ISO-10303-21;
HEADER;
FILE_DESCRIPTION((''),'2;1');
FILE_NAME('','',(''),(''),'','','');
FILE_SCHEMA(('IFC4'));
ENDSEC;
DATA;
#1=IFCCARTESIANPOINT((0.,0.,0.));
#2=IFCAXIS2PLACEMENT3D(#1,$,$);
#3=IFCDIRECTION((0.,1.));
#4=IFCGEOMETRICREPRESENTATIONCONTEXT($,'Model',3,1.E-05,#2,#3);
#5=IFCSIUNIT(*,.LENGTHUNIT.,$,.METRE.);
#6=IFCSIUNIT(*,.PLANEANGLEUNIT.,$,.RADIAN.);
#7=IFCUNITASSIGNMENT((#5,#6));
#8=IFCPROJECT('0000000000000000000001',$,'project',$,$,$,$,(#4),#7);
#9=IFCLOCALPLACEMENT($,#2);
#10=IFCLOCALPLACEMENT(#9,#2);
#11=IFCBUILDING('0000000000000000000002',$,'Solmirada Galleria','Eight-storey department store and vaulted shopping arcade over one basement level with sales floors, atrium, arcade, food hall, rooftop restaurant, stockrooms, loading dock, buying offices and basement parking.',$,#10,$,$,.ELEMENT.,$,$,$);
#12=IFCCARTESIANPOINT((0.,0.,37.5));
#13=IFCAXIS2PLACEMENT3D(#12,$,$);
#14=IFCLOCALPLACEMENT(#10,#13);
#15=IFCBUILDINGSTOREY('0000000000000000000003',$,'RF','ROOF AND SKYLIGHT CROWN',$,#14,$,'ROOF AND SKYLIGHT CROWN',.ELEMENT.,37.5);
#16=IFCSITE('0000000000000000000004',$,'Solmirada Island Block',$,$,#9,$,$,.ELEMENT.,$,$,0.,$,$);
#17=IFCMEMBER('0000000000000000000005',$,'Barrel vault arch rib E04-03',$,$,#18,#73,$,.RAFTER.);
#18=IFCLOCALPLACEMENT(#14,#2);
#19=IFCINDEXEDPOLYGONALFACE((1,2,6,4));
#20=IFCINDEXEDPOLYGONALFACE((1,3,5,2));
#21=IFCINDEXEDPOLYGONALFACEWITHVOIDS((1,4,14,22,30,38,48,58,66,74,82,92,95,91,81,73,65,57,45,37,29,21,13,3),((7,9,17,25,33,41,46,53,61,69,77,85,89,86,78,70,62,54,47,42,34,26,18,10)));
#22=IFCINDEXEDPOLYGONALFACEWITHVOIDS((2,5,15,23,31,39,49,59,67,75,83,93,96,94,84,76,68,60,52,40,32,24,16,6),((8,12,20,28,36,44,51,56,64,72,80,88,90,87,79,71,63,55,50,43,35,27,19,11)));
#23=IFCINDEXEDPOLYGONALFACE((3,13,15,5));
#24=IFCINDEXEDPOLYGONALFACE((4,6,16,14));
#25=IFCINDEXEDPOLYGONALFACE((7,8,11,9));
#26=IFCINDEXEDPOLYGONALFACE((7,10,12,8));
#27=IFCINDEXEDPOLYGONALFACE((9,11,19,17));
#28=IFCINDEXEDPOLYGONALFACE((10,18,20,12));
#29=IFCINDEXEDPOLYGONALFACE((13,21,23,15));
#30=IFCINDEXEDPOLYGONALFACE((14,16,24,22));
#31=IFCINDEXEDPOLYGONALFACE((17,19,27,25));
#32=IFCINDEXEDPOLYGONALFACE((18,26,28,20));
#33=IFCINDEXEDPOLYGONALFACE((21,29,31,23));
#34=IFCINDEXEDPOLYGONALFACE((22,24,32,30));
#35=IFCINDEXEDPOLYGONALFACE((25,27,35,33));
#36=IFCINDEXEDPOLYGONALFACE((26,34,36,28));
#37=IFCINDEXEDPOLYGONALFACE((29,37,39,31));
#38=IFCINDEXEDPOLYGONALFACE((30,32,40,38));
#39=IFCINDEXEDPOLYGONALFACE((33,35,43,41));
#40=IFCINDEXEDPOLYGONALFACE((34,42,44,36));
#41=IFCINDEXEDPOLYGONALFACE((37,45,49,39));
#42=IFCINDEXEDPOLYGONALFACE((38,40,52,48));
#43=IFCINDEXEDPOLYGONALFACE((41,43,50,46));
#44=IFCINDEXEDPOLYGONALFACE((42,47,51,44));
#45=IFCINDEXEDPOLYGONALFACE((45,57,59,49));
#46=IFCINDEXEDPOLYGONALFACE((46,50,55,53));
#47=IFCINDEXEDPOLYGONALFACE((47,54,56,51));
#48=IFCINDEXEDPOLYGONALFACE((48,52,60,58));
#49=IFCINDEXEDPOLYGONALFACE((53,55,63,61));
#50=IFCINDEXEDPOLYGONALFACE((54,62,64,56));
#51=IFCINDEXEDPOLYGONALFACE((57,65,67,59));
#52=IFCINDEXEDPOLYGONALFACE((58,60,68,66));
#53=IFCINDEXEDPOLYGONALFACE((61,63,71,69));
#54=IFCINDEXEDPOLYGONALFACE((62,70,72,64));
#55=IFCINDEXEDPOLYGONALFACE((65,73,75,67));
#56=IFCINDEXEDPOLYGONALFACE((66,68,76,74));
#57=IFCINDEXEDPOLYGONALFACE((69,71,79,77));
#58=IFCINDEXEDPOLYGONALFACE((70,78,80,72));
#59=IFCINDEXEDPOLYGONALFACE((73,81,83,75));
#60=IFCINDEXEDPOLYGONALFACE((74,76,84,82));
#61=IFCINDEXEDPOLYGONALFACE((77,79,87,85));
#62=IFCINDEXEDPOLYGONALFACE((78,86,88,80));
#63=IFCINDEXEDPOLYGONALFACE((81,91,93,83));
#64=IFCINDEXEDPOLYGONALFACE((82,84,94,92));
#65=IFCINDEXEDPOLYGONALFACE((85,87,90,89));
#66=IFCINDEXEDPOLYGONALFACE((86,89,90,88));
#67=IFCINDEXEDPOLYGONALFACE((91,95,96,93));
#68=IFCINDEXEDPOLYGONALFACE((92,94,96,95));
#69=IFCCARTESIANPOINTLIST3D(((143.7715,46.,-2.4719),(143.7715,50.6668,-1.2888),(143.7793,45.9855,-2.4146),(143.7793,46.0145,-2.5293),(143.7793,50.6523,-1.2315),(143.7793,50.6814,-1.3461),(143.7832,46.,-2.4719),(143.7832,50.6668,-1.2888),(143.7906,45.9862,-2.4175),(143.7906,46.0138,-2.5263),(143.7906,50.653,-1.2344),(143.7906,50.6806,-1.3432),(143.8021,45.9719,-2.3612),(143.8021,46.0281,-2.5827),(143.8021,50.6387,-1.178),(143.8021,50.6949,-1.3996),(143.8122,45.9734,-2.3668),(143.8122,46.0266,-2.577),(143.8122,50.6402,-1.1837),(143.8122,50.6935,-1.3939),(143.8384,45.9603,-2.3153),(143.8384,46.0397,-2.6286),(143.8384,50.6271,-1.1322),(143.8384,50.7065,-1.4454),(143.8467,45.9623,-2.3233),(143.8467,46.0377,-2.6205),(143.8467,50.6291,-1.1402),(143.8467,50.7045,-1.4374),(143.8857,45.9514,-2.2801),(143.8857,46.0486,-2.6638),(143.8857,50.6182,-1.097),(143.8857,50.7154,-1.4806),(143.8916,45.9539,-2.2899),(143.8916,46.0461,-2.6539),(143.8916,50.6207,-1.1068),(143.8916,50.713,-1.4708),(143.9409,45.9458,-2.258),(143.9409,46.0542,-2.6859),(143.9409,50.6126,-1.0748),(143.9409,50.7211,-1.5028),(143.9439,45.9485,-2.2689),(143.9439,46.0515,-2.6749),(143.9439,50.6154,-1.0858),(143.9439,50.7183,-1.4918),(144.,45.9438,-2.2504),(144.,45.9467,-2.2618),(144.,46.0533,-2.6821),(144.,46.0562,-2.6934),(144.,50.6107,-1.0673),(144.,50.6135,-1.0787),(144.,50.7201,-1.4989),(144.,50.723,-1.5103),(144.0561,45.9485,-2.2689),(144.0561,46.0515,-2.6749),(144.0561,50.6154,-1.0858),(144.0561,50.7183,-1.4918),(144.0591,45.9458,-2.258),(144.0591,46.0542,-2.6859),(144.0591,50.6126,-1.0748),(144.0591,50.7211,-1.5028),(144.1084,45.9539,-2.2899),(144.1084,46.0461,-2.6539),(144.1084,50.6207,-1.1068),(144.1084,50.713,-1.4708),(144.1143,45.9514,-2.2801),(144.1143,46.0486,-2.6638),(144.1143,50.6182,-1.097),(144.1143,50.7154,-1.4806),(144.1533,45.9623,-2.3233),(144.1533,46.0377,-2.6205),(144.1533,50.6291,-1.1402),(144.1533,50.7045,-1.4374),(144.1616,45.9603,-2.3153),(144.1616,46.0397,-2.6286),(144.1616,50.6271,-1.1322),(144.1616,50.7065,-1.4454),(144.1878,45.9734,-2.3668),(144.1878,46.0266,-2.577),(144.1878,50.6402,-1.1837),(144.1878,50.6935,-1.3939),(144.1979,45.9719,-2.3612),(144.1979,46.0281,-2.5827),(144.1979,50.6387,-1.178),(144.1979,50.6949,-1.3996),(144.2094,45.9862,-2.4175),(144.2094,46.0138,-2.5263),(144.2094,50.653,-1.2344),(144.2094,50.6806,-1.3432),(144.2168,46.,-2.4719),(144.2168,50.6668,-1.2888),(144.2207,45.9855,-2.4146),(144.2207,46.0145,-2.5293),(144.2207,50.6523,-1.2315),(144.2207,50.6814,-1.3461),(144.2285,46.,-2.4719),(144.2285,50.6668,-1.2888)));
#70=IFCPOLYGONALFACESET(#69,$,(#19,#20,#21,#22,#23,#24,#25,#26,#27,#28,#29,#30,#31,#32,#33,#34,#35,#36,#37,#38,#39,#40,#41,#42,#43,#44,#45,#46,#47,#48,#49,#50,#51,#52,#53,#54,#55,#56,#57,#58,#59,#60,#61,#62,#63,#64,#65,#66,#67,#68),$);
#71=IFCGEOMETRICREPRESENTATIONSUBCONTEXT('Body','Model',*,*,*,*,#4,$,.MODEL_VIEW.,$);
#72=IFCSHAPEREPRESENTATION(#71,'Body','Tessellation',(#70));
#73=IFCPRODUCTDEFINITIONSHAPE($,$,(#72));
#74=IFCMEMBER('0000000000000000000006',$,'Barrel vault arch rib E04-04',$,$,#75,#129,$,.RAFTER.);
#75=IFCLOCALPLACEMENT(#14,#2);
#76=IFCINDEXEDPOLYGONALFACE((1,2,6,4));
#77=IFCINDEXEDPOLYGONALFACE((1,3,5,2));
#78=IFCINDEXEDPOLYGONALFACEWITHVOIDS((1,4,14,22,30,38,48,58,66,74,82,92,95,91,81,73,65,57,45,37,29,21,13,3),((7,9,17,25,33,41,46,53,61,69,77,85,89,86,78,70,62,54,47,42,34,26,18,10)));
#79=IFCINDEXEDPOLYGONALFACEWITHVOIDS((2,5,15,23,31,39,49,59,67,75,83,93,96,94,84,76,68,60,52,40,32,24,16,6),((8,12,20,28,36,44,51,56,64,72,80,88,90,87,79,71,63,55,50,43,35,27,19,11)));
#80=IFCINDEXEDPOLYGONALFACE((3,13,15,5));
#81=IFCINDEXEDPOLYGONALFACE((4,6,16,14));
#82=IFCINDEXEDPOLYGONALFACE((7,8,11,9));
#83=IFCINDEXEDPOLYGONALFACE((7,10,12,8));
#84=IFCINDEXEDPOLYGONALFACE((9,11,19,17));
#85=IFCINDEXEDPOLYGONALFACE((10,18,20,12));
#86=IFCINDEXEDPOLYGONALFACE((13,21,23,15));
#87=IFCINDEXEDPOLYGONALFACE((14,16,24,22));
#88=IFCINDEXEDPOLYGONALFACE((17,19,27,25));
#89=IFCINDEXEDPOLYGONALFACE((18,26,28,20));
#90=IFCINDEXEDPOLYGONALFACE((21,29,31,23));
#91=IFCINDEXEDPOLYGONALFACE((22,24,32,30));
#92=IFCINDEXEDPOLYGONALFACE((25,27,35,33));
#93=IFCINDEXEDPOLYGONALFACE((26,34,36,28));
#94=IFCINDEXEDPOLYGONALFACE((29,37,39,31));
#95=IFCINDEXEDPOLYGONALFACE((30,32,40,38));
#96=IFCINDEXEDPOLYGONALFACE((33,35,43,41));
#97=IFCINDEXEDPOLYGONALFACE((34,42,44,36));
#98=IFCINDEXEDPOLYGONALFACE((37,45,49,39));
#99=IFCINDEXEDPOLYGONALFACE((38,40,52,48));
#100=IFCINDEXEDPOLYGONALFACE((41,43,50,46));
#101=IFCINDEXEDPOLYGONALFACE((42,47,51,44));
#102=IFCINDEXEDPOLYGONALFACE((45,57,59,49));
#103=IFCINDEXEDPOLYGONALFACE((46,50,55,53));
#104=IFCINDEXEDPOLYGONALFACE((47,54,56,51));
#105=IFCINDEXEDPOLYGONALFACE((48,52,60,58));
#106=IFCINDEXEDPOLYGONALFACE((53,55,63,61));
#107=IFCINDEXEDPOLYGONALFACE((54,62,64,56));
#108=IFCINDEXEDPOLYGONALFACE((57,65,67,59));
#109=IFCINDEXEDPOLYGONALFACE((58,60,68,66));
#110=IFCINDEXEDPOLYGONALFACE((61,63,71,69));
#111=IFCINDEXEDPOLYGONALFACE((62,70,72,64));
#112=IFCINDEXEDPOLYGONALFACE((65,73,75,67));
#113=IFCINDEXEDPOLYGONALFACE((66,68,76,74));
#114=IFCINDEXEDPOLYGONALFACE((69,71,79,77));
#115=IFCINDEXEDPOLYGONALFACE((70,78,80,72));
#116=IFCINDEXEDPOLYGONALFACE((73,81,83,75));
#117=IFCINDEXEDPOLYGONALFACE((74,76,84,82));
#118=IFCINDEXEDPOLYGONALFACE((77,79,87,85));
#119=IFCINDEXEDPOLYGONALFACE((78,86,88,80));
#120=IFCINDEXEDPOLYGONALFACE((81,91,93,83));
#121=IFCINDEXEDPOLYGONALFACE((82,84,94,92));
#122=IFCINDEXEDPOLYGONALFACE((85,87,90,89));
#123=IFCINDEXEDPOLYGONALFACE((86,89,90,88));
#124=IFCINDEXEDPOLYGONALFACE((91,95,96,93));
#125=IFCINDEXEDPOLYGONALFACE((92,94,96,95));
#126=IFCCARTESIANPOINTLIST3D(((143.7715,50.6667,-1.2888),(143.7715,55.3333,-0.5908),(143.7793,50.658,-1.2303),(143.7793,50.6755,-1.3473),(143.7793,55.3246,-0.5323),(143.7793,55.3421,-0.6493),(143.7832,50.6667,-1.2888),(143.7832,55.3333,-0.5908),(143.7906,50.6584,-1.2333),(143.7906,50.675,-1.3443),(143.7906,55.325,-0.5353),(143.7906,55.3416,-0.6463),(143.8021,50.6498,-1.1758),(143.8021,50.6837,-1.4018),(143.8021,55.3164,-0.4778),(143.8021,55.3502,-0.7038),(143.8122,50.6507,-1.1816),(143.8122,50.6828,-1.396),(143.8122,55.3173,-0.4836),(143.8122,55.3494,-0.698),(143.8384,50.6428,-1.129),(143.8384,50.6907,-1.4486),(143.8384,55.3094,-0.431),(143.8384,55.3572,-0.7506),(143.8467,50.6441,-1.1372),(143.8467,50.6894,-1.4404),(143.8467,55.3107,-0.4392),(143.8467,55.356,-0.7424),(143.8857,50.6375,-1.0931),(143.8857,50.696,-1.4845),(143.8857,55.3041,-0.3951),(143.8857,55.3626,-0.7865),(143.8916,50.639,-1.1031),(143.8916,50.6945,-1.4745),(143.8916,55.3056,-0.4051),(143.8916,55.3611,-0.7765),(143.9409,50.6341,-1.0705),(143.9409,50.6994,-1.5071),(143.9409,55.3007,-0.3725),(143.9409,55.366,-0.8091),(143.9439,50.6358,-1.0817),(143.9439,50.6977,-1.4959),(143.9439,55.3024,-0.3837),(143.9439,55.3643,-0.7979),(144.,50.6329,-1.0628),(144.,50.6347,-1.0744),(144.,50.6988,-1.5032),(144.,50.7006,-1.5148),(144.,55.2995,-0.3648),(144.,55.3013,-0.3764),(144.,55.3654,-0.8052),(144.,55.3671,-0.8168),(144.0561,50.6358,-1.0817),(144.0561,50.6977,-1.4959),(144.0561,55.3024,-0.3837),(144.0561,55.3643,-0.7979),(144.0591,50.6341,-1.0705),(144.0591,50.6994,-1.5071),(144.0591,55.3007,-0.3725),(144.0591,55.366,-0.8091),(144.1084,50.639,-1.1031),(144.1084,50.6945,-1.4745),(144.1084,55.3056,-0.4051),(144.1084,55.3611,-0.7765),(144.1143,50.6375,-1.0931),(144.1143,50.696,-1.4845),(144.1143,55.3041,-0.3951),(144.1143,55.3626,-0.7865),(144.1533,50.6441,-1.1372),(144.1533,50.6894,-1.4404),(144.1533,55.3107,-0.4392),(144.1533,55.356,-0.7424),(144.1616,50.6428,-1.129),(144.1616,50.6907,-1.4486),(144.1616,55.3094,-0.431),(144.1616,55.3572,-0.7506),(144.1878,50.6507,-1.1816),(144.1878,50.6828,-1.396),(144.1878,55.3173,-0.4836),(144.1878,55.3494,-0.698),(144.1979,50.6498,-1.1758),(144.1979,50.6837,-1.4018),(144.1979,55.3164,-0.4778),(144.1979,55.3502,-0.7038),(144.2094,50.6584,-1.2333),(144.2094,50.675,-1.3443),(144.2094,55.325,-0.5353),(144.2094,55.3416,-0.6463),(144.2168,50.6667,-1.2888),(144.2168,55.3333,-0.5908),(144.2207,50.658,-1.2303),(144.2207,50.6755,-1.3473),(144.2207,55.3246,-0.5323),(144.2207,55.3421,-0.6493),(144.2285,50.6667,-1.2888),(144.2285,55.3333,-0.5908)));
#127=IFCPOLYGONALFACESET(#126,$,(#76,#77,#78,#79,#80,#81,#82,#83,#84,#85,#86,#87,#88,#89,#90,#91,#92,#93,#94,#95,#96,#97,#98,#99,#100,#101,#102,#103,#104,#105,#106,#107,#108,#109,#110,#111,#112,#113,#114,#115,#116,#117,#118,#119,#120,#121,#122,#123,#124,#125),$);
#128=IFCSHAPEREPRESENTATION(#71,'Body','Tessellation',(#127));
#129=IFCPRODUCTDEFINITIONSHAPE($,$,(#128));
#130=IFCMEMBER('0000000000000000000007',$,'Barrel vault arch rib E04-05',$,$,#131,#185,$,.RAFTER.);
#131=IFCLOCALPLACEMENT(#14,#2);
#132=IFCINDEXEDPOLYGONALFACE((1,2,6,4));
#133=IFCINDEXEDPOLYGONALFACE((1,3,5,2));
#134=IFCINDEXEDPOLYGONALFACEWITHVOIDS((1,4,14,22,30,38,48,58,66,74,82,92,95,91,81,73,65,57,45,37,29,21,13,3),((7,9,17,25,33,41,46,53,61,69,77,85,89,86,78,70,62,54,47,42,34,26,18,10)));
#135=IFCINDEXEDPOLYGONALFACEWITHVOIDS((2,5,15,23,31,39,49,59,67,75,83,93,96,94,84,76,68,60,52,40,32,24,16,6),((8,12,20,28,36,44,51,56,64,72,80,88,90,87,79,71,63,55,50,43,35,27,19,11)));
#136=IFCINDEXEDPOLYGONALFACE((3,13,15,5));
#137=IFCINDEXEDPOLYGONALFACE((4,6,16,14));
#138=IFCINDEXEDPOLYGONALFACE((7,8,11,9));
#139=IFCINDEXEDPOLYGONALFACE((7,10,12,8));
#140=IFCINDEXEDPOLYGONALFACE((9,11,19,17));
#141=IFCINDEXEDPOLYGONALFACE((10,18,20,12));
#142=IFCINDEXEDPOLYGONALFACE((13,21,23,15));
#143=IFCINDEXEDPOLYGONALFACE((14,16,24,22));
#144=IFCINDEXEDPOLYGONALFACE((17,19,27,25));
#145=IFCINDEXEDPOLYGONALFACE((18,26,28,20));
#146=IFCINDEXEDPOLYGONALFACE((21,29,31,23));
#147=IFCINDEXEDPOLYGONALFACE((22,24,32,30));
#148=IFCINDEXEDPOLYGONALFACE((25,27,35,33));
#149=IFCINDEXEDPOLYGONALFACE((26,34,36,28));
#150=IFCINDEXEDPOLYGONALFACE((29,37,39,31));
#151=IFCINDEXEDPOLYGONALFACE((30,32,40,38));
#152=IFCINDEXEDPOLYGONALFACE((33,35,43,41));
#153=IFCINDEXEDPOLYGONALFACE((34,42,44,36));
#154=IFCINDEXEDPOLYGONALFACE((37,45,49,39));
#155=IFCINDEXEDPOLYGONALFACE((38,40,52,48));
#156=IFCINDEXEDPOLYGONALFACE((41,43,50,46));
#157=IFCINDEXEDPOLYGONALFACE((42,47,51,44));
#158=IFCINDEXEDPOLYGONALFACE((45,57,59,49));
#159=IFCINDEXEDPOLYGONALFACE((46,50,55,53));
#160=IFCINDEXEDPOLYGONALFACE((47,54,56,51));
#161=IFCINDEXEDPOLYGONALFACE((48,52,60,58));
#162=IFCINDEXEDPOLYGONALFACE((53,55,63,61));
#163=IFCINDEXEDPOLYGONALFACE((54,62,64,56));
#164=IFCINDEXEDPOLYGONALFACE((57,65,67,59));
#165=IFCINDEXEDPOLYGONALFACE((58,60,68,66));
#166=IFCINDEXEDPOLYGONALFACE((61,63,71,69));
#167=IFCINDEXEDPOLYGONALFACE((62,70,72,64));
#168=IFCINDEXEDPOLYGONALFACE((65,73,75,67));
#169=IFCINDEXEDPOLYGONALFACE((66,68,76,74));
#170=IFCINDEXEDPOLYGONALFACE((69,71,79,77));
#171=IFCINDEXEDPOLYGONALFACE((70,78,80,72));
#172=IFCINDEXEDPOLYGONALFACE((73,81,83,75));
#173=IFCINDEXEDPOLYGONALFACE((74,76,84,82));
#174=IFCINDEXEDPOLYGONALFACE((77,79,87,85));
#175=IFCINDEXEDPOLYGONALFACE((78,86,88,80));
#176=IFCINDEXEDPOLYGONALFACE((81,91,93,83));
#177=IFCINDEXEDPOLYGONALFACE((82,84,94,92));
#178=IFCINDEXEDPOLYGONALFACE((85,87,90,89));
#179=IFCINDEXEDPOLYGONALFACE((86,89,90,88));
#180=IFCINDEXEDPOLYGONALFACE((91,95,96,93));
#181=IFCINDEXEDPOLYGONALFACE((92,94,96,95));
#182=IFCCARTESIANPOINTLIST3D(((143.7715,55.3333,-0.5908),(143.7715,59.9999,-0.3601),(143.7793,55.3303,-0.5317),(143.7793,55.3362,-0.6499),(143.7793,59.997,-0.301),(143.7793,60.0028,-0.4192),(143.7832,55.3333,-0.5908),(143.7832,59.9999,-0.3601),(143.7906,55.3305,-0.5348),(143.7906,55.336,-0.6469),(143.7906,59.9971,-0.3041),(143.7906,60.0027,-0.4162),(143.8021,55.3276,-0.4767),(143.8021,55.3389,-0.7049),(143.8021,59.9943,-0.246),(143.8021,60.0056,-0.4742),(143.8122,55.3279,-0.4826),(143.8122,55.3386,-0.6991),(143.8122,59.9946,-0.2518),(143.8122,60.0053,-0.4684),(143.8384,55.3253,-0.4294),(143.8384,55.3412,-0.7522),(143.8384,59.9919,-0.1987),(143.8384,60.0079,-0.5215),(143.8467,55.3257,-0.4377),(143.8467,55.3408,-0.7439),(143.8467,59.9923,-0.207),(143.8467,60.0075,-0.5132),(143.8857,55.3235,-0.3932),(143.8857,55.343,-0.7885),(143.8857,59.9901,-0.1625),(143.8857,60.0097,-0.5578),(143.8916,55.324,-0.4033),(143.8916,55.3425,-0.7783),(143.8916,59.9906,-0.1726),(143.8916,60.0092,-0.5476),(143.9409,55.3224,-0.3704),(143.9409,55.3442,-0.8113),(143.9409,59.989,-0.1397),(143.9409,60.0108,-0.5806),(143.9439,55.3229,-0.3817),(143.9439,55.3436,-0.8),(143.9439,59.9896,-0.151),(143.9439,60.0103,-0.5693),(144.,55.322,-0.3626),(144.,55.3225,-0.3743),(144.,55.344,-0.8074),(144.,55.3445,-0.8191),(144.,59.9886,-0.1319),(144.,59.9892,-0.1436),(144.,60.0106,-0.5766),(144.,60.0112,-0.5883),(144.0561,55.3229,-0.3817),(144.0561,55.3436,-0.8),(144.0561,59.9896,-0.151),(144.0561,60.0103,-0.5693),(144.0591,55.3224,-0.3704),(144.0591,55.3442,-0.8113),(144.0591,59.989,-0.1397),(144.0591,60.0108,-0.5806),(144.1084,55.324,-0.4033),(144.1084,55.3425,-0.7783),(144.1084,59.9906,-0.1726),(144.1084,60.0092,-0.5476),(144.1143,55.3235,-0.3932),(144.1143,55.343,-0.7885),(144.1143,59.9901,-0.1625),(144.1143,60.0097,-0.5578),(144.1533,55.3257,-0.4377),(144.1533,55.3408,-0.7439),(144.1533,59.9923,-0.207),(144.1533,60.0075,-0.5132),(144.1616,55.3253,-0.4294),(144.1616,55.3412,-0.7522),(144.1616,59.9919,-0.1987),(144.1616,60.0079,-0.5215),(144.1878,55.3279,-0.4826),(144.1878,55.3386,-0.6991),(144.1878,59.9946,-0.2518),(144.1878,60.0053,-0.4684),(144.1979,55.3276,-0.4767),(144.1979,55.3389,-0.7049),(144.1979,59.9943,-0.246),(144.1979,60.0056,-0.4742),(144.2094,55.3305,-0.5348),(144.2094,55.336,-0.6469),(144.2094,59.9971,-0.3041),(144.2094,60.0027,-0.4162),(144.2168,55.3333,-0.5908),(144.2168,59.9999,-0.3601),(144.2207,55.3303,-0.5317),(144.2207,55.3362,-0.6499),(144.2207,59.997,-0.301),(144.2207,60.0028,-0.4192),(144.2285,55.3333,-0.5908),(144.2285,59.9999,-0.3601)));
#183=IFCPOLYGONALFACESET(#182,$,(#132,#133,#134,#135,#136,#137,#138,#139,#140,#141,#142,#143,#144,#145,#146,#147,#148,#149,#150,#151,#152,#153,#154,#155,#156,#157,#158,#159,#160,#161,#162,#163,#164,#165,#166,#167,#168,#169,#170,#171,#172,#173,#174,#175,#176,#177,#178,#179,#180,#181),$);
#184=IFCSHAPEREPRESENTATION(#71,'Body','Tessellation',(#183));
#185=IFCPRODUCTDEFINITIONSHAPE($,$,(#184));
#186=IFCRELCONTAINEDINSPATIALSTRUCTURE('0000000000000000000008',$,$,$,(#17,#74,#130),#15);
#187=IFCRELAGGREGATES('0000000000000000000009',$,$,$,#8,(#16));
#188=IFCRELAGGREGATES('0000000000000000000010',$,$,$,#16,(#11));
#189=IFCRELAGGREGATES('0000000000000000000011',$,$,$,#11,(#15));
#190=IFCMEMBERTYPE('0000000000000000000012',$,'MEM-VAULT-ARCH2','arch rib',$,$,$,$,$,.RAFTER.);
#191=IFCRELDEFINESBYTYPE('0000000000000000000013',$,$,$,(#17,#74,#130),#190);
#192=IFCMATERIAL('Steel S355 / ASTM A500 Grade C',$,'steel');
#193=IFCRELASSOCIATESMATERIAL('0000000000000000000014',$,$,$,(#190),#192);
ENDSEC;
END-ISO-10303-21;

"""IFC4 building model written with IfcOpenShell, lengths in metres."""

from ifc_helpers import new_model, si_unit, direction, frame, origin, origin_2d, place, context, subcontext, project, spatial, hollow_circle, extrude, material, material_profile, profile_set, type_object, element, save


model = new_model("IFC4")

# Units and contexts
model_context = context("Model", 3, precision=1e-05, world=origin(), true_north=direction((0.0, 1.0)))
body_context = subcontext(model_context, "Body", "Model", "MODEL_VIEW")
ifc_project = project(units=[si_unit("LENGTHUNIT", "METRE"), si_unit("PLANEANGLEUNIT", "RADIAN")], contexts=[model_context])

# Site, building, storey
site_placement = place(None, origin())
site = spatial("IfcSite", under=ifc_project, at=site_placement, Name="Solmirada Island Block", CompositionType="ELEMENT", RefElevation=0.0)
building_placement = place(site_placement, origin())
building = spatial("IfcBuilding", under=site, at=building_placement, Name="Solmirada Galleria", Description="Eight-storey department store and vaulted shopping arcade over one basement level with sales floors, atrium, arcade, food hall, rooftop restaurant, stockrooms, loading dock, buying offices and basement parking.", CompositionType="ELEMENT")
storey_placement = place(building_placement, frame((0.0, 0.0, 37.5)))
storey = spatial("IfcBuildingStorey", under=building, at=storey_placement, Name="RF", Description="ROOF AND SKYLIGHT CROWN", LongName="ROOF AND SKYLIGHT CROWN", CompositionType="ELEMENT", Elevation=37.5)

# Members
ifc_material_1 = material(Name="Steel S355 / ASTM A500 Grade C", Category="steel")
ifc_material_profile_1 = material_profile(ifc_material_1, hollow_circle(Radius=0.2285, WallThickness=0.0117, at=origin_2d()), Name="HSS18.000X0.500")
ifc_profile_set_1 = profile_set([ifc_material_profile_1], Name="Steel S355 / ASTM A500 Grade C")
member_type_1 = type_object("IfcMemberType", Name="MEM-VAULT-ARCH2", Description="arch rib", PredefinedType="RAFTER", material=ifc_profile_set_1)
member_1_placement = place(storey_placement, frame((144.0, 46.0, -2.4719), z_axis=(0.0, 0.969335, 0.245744), x_axis=(-1.0, 0.0, 0.0)))
element("IfcMember", 1, at=member_1_placement, inside=storey, type_object=member_type_1, Name="Barrel vault arch rib E04-03", PredefinedType="RAFTER", context=body_context, shape_type="SweptSolid", body=[
    extrude(hollow_circle(Radius=0.2285, WallThickness=0.0117, at=origin_2d()), origin(), (0.0, 0.0, 1.0), 4.8145),
])
member_2_placement = place(storey_placement, frame((144.0, 50.6667, -1.2888), z_axis=(0.0, 0.988998, 0.147931), x_axis=(-1.0, 0.0, 0.0)))
element("IfcMember", 2, at=member_2_placement, inside=storey, type_object=member_type_1, Name="Barrel vault arch rib E04-04", PredefinedType="RAFTER", context=body_context, shape_type="SweptSolid", body=[
    extrude(hollow_circle(Radius=0.2285, WallThickness=0.0117, at=origin_2d()), origin(), (0.0, 0.0, 1.0), 4.7185),
])
member_3_placement = place(storey_placement, frame((144.0, 55.3333, -0.5908), z_axis=(0.0, 0.99878, 0.049377), x_axis=(-1.0, 0.0, 0.0)))
element("IfcMember", 3, at=member_3_placement, inside=storey, type_object=member_type_1, Name="Barrel vault arch rib E04-05", PredefinedType="RAFTER", context=body_context, shape_type="SweptSolid", body=[
    extrude(hollow_circle(Radius=0.2285, WallThickness=0.0117, at=origin_2d()), origin(), (0.0, 0.0, 1.0), 4.6724),
])

save(model, "model.ifc")
